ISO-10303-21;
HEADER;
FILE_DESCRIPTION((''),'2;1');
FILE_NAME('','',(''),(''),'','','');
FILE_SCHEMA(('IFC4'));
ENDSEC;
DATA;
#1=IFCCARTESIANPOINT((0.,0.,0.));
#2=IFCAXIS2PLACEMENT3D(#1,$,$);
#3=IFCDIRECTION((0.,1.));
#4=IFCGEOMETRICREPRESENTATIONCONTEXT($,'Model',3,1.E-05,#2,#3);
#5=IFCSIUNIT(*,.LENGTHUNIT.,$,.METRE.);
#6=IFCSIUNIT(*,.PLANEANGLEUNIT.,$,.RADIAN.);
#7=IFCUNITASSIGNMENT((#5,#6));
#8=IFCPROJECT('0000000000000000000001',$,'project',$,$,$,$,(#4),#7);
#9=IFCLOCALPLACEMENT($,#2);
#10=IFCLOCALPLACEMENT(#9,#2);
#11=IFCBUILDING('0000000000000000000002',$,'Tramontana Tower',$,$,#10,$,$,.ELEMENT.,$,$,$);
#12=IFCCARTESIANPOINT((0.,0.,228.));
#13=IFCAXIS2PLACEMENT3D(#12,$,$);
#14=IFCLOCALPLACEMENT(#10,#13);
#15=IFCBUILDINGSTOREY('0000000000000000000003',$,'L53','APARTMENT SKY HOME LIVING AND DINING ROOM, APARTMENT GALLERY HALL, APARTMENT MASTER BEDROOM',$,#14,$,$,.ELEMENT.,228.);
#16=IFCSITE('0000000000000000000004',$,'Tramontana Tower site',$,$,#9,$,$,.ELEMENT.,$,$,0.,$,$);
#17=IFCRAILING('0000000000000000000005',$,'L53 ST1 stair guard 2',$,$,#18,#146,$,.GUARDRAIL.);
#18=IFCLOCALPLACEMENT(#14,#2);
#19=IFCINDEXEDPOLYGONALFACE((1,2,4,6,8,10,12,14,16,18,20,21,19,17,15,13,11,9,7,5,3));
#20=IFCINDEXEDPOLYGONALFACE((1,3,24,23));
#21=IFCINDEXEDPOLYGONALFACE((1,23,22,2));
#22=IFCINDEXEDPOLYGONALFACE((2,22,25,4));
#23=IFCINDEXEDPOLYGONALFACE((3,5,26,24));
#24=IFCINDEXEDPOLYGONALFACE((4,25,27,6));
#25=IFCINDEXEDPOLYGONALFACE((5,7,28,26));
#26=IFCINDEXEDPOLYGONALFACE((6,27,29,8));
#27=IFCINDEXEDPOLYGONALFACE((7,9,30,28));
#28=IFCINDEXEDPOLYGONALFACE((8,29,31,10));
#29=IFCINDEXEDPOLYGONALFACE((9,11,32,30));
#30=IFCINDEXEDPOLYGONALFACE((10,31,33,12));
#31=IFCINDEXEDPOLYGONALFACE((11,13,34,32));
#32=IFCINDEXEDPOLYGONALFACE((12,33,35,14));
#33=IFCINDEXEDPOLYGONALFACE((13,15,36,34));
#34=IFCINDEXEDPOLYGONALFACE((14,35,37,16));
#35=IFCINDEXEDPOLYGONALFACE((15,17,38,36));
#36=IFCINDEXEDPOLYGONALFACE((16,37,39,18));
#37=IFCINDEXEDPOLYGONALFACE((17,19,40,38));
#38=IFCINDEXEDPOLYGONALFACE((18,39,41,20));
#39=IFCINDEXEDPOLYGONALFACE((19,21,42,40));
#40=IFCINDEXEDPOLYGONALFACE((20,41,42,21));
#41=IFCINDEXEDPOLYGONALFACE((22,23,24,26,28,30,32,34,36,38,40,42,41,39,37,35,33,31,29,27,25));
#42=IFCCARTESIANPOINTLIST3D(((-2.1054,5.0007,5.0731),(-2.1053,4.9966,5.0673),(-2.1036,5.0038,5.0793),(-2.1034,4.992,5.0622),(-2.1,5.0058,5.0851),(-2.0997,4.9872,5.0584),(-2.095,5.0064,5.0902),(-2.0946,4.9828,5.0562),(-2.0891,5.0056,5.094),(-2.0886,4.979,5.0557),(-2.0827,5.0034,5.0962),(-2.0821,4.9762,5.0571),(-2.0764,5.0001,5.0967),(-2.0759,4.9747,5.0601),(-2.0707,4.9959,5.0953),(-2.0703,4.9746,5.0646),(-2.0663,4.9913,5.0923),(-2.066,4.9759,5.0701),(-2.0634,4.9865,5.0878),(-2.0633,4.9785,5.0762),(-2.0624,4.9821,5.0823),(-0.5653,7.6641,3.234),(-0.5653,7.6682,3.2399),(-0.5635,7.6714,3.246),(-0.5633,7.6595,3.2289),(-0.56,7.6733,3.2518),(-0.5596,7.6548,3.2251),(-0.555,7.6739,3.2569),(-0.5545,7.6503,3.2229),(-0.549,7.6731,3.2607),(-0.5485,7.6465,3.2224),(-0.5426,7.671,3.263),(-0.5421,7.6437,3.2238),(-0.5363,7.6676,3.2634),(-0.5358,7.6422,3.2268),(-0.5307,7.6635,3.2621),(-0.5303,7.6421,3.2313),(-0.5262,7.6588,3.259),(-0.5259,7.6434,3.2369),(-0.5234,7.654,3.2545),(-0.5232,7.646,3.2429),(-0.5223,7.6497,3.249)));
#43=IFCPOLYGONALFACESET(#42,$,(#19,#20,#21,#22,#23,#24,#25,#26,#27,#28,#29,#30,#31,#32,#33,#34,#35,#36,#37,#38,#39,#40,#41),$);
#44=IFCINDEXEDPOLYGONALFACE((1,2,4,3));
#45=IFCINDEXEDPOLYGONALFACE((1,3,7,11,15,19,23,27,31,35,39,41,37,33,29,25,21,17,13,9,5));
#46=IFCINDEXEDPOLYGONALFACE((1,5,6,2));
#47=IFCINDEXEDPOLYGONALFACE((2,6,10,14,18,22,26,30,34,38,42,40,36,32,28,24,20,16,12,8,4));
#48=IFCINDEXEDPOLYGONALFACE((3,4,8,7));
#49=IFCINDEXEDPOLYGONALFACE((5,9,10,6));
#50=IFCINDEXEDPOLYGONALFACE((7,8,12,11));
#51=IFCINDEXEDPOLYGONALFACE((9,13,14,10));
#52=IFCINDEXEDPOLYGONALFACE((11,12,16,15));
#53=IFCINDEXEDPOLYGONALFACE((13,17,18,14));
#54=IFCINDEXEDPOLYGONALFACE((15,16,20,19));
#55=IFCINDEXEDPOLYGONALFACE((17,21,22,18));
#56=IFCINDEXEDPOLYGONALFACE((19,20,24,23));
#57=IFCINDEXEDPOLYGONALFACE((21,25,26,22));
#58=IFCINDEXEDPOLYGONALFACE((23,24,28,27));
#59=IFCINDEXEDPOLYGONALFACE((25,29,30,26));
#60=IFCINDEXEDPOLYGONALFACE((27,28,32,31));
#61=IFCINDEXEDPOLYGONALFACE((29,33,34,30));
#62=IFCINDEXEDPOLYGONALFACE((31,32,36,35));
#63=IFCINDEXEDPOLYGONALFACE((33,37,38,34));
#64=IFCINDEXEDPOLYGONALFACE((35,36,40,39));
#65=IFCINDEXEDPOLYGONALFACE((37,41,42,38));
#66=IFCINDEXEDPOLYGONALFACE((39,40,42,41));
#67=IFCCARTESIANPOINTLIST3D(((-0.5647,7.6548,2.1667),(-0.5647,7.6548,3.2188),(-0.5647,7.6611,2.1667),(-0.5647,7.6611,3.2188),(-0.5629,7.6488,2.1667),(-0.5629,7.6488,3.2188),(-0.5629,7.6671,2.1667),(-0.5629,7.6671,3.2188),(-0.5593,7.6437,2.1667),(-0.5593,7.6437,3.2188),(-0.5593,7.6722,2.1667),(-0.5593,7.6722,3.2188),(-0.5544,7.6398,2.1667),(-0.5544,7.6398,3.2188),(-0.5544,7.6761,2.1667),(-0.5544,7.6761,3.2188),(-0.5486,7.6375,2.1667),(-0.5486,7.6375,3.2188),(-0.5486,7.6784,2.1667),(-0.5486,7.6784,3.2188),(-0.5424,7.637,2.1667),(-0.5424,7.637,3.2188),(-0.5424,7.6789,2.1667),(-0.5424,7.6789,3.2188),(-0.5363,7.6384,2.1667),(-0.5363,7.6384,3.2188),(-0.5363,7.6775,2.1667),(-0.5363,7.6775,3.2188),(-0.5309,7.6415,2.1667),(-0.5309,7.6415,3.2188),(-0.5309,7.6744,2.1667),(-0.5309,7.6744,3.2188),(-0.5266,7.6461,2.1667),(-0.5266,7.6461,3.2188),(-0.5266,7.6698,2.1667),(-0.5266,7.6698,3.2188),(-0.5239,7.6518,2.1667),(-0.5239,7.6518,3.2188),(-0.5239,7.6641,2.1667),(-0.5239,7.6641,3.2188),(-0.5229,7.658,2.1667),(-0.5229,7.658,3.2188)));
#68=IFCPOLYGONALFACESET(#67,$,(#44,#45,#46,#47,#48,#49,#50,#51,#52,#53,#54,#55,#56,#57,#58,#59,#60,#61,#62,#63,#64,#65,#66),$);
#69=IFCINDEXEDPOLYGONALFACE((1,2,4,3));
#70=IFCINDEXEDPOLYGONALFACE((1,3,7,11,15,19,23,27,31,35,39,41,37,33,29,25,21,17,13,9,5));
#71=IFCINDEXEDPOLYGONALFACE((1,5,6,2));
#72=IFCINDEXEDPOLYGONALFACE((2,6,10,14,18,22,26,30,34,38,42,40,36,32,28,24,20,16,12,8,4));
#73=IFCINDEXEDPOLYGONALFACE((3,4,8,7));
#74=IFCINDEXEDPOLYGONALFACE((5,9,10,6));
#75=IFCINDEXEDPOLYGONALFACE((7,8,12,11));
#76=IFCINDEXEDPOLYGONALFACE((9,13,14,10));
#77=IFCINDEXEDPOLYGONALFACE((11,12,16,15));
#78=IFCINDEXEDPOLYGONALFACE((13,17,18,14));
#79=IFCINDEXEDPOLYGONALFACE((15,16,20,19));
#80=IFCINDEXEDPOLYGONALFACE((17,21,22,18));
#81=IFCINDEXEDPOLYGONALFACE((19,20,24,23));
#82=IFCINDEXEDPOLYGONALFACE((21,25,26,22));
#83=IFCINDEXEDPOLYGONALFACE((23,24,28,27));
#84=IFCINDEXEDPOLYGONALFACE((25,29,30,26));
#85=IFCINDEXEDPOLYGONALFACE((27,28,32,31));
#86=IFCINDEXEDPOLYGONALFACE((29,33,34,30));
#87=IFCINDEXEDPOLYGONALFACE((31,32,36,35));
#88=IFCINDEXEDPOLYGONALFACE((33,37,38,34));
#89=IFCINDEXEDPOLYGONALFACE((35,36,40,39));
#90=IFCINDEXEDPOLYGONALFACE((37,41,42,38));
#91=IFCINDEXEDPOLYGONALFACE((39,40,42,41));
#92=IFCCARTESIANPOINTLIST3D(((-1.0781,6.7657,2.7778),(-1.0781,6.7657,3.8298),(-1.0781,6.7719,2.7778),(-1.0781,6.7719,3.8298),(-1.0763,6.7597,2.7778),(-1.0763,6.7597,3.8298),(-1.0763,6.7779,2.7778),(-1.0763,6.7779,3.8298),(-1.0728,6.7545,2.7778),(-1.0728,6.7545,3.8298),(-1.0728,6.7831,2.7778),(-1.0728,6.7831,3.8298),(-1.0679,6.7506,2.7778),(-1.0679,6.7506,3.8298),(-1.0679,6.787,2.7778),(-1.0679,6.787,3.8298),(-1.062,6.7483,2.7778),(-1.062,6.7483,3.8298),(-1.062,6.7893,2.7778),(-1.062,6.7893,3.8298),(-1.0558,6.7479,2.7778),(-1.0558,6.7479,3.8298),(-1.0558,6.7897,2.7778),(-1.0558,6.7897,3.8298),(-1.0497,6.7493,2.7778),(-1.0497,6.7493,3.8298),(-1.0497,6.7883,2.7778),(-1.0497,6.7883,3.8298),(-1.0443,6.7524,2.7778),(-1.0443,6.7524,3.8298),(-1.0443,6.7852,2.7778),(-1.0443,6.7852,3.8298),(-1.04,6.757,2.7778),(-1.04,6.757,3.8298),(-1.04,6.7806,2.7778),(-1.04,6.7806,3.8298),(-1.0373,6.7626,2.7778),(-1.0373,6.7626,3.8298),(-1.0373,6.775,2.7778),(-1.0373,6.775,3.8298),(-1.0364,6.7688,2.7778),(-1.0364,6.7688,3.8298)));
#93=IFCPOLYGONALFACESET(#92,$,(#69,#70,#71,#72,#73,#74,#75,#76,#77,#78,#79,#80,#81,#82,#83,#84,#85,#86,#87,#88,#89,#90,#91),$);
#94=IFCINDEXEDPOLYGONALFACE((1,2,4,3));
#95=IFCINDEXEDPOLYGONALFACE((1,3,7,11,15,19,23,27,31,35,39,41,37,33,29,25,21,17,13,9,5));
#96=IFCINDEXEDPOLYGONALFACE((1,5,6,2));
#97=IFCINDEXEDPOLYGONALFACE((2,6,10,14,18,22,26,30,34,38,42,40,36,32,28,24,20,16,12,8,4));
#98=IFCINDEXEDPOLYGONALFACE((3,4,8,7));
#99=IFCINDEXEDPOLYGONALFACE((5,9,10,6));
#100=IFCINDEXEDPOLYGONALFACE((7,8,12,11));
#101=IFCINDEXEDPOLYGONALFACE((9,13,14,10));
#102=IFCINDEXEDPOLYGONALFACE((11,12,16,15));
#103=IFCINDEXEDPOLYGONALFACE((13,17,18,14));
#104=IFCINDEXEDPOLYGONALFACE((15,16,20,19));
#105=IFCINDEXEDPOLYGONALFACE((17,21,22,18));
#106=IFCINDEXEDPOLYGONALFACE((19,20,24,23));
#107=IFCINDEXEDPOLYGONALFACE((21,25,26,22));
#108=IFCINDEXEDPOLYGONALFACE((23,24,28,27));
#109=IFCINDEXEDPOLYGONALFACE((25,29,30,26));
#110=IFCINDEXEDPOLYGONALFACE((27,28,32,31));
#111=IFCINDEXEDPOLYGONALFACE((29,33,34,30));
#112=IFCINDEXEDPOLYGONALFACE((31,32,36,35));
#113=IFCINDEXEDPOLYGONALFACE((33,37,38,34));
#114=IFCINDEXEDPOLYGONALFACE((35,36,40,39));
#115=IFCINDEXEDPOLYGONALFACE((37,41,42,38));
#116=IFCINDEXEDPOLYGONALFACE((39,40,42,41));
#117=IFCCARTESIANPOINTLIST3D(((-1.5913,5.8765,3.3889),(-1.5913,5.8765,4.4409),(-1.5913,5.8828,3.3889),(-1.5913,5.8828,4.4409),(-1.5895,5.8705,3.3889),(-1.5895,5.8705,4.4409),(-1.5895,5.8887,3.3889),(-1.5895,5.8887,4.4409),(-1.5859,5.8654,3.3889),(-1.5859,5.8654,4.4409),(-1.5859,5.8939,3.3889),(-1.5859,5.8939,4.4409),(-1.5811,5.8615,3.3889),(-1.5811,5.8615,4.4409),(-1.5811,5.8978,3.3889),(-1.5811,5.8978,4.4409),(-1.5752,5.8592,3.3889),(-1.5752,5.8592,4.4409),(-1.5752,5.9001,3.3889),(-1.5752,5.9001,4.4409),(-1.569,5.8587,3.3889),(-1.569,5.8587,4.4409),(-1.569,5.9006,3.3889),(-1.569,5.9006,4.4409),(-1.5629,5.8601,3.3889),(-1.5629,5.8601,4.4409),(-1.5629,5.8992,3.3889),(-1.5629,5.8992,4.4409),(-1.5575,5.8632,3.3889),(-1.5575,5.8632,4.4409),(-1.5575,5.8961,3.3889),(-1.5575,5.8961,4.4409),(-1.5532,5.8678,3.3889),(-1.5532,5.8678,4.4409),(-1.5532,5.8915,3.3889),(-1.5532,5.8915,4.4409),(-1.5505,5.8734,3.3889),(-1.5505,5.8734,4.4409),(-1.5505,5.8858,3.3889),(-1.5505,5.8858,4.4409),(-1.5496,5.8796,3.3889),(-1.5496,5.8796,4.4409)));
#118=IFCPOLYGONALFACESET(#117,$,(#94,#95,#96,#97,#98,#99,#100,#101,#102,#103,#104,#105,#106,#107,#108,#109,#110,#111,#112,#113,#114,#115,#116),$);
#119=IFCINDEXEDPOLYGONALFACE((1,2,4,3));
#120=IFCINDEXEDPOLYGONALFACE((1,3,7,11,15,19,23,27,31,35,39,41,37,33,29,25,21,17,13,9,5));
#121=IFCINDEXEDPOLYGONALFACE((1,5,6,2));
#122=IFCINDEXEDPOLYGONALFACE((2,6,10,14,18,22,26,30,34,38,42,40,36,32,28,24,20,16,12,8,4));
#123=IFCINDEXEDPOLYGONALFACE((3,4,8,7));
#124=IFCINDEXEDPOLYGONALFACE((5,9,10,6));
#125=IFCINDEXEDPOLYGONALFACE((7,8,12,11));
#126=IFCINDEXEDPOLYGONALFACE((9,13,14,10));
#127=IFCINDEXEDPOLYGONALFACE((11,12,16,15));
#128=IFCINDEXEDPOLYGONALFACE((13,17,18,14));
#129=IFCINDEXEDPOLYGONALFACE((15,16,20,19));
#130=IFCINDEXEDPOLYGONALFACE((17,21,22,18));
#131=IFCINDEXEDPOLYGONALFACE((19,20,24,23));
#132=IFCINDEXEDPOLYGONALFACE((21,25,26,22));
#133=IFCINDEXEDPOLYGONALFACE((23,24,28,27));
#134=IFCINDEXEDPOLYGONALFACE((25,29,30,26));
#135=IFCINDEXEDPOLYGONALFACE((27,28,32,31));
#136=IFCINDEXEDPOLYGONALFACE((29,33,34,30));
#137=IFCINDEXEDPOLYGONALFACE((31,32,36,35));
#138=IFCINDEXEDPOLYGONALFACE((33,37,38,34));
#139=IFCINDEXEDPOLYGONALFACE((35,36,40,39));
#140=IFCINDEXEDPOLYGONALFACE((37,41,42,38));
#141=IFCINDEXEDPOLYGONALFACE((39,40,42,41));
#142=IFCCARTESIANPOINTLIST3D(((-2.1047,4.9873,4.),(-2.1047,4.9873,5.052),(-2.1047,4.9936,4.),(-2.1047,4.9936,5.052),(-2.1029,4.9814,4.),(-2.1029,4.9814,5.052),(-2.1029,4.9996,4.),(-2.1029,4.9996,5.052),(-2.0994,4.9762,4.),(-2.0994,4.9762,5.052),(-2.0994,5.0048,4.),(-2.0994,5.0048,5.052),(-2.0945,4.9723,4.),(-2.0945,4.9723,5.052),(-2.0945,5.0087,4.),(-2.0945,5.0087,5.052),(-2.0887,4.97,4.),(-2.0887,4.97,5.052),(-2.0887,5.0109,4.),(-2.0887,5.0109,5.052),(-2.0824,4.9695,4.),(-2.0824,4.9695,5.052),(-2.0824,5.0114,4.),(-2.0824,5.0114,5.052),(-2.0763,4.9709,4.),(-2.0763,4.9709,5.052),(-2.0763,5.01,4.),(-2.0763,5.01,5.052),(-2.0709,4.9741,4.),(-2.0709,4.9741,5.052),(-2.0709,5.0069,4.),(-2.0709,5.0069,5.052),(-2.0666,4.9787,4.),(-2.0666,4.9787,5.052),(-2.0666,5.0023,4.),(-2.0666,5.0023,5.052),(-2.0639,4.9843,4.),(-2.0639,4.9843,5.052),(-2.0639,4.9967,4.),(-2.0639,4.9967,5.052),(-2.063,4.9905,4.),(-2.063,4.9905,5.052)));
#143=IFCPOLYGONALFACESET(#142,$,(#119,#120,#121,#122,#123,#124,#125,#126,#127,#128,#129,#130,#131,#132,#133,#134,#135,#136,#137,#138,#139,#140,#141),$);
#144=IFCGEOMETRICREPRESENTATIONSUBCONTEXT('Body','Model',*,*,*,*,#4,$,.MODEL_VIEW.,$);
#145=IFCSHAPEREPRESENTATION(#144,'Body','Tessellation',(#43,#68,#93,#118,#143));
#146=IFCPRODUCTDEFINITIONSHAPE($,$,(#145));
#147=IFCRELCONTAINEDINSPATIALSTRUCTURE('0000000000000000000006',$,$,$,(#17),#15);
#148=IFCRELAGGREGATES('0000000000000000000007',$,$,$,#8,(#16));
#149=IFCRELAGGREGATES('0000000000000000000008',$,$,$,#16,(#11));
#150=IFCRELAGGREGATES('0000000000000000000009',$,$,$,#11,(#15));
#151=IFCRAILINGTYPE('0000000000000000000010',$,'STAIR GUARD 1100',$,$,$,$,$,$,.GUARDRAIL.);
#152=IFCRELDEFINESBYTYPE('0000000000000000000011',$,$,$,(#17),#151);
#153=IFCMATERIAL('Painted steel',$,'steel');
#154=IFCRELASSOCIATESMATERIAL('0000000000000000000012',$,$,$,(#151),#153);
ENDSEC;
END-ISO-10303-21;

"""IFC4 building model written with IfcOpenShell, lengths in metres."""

from ifc_helpers import new_model, si_unit, direction, frame, origin, origin_2d, place, context, subcontext, project, spatial, circle, extrude, material, type_object, element, save


model = new_model("IFC4")

# Units and contexts
model_context = context("Model", 3, precision=1e-05, world=origin(), true_north=direction((0.0, 1.0)))
body_context = subcontext(model_context, "Body", "Model", "MODEL_VIEW")
ifc_project = project(units=[si_unit("LENGTHUNIT", "METRE"), si_unit("PLANEANGLEUNIT", "RADIAN")], contexts=[model_context])

# Site, building, storey
site_placement = place(None, origin())
site = spatial("IfcSite", under=ifc_project, at=site_placement, Name="Tramontana Tower site", CompositionType="ELEMENT", RefElevation=0.0)
building_placement = place(site_placement, origin())
building = spatial("IfcBuilding", under=site, at=building_placement, Name="Tramontana Tower", CompositionType="ELEMENT")
storey_placement = place(building_placement, frame((0.0, 0.0, 228.0)))
storey = spatial("IfcBuildingStorey", under=building, at=storey_placement, Name="L53", Description="APARTMENT SKY HOME LIVING AND DINING ROOM, APARTMENT GALLERY HALL, APARTMENT MASTER BEDROOM", CompositionType="ELEMENT", Elevation=228.0)

# Railing
ifc_material_1 = material(Name="Painted steel", Category="steel")
railing_type_1 = type_object("IfcRailingType", Name="STAIR GUARD 1100", PredefinedType="GUARDRAIL", material=ifc_material_1)
railing_1_placement = place(storey_placement, frame((-0.5439, 7.658, 2.1667)))
element("IfcRailing", 1, at=railing_1_placement, inside=storey, type_object=railing_type_1, Name="L53 ST1 stair guard 2", PredefinedType="GUARDRAIL", context=body_context, shape_type="SweptSolid", body=[
    extrude(circle(Radius=0.0239, at=origin_2d()), frame((0.0, 0.0, 1.0762), z_axis=(-0.429649, -0.74419, 0.511452), x_axis=(0.86603, -0.499992, 0.0)), (0.0, 0.0, 1.0), 3.5845),
    extrude(circle(Radius=0.021, at=origin_2d()), origin(), (0.0, 0.0, 1.0), 1.052),
    extrude(circle(Radius=0.021, at=origin_2d()), frame((-0.5134, -0.8892, 0.6111)), (0.0, 0.0, 1.0), 1.052),
    extrude(circle(Radius=0.021, at=origin_2d()), frame((-1.0266, -1.7783, 1.2222)), (0.0, 0.0, 1.0), 1.052),
    extrude(circle(Radius=0.021, at=origin_2d()), frame((-1.54, -2.6675, 1.8333)), (0.0, 0.0, 1.0), 1.052),
])

save(model, "model.ifc")
